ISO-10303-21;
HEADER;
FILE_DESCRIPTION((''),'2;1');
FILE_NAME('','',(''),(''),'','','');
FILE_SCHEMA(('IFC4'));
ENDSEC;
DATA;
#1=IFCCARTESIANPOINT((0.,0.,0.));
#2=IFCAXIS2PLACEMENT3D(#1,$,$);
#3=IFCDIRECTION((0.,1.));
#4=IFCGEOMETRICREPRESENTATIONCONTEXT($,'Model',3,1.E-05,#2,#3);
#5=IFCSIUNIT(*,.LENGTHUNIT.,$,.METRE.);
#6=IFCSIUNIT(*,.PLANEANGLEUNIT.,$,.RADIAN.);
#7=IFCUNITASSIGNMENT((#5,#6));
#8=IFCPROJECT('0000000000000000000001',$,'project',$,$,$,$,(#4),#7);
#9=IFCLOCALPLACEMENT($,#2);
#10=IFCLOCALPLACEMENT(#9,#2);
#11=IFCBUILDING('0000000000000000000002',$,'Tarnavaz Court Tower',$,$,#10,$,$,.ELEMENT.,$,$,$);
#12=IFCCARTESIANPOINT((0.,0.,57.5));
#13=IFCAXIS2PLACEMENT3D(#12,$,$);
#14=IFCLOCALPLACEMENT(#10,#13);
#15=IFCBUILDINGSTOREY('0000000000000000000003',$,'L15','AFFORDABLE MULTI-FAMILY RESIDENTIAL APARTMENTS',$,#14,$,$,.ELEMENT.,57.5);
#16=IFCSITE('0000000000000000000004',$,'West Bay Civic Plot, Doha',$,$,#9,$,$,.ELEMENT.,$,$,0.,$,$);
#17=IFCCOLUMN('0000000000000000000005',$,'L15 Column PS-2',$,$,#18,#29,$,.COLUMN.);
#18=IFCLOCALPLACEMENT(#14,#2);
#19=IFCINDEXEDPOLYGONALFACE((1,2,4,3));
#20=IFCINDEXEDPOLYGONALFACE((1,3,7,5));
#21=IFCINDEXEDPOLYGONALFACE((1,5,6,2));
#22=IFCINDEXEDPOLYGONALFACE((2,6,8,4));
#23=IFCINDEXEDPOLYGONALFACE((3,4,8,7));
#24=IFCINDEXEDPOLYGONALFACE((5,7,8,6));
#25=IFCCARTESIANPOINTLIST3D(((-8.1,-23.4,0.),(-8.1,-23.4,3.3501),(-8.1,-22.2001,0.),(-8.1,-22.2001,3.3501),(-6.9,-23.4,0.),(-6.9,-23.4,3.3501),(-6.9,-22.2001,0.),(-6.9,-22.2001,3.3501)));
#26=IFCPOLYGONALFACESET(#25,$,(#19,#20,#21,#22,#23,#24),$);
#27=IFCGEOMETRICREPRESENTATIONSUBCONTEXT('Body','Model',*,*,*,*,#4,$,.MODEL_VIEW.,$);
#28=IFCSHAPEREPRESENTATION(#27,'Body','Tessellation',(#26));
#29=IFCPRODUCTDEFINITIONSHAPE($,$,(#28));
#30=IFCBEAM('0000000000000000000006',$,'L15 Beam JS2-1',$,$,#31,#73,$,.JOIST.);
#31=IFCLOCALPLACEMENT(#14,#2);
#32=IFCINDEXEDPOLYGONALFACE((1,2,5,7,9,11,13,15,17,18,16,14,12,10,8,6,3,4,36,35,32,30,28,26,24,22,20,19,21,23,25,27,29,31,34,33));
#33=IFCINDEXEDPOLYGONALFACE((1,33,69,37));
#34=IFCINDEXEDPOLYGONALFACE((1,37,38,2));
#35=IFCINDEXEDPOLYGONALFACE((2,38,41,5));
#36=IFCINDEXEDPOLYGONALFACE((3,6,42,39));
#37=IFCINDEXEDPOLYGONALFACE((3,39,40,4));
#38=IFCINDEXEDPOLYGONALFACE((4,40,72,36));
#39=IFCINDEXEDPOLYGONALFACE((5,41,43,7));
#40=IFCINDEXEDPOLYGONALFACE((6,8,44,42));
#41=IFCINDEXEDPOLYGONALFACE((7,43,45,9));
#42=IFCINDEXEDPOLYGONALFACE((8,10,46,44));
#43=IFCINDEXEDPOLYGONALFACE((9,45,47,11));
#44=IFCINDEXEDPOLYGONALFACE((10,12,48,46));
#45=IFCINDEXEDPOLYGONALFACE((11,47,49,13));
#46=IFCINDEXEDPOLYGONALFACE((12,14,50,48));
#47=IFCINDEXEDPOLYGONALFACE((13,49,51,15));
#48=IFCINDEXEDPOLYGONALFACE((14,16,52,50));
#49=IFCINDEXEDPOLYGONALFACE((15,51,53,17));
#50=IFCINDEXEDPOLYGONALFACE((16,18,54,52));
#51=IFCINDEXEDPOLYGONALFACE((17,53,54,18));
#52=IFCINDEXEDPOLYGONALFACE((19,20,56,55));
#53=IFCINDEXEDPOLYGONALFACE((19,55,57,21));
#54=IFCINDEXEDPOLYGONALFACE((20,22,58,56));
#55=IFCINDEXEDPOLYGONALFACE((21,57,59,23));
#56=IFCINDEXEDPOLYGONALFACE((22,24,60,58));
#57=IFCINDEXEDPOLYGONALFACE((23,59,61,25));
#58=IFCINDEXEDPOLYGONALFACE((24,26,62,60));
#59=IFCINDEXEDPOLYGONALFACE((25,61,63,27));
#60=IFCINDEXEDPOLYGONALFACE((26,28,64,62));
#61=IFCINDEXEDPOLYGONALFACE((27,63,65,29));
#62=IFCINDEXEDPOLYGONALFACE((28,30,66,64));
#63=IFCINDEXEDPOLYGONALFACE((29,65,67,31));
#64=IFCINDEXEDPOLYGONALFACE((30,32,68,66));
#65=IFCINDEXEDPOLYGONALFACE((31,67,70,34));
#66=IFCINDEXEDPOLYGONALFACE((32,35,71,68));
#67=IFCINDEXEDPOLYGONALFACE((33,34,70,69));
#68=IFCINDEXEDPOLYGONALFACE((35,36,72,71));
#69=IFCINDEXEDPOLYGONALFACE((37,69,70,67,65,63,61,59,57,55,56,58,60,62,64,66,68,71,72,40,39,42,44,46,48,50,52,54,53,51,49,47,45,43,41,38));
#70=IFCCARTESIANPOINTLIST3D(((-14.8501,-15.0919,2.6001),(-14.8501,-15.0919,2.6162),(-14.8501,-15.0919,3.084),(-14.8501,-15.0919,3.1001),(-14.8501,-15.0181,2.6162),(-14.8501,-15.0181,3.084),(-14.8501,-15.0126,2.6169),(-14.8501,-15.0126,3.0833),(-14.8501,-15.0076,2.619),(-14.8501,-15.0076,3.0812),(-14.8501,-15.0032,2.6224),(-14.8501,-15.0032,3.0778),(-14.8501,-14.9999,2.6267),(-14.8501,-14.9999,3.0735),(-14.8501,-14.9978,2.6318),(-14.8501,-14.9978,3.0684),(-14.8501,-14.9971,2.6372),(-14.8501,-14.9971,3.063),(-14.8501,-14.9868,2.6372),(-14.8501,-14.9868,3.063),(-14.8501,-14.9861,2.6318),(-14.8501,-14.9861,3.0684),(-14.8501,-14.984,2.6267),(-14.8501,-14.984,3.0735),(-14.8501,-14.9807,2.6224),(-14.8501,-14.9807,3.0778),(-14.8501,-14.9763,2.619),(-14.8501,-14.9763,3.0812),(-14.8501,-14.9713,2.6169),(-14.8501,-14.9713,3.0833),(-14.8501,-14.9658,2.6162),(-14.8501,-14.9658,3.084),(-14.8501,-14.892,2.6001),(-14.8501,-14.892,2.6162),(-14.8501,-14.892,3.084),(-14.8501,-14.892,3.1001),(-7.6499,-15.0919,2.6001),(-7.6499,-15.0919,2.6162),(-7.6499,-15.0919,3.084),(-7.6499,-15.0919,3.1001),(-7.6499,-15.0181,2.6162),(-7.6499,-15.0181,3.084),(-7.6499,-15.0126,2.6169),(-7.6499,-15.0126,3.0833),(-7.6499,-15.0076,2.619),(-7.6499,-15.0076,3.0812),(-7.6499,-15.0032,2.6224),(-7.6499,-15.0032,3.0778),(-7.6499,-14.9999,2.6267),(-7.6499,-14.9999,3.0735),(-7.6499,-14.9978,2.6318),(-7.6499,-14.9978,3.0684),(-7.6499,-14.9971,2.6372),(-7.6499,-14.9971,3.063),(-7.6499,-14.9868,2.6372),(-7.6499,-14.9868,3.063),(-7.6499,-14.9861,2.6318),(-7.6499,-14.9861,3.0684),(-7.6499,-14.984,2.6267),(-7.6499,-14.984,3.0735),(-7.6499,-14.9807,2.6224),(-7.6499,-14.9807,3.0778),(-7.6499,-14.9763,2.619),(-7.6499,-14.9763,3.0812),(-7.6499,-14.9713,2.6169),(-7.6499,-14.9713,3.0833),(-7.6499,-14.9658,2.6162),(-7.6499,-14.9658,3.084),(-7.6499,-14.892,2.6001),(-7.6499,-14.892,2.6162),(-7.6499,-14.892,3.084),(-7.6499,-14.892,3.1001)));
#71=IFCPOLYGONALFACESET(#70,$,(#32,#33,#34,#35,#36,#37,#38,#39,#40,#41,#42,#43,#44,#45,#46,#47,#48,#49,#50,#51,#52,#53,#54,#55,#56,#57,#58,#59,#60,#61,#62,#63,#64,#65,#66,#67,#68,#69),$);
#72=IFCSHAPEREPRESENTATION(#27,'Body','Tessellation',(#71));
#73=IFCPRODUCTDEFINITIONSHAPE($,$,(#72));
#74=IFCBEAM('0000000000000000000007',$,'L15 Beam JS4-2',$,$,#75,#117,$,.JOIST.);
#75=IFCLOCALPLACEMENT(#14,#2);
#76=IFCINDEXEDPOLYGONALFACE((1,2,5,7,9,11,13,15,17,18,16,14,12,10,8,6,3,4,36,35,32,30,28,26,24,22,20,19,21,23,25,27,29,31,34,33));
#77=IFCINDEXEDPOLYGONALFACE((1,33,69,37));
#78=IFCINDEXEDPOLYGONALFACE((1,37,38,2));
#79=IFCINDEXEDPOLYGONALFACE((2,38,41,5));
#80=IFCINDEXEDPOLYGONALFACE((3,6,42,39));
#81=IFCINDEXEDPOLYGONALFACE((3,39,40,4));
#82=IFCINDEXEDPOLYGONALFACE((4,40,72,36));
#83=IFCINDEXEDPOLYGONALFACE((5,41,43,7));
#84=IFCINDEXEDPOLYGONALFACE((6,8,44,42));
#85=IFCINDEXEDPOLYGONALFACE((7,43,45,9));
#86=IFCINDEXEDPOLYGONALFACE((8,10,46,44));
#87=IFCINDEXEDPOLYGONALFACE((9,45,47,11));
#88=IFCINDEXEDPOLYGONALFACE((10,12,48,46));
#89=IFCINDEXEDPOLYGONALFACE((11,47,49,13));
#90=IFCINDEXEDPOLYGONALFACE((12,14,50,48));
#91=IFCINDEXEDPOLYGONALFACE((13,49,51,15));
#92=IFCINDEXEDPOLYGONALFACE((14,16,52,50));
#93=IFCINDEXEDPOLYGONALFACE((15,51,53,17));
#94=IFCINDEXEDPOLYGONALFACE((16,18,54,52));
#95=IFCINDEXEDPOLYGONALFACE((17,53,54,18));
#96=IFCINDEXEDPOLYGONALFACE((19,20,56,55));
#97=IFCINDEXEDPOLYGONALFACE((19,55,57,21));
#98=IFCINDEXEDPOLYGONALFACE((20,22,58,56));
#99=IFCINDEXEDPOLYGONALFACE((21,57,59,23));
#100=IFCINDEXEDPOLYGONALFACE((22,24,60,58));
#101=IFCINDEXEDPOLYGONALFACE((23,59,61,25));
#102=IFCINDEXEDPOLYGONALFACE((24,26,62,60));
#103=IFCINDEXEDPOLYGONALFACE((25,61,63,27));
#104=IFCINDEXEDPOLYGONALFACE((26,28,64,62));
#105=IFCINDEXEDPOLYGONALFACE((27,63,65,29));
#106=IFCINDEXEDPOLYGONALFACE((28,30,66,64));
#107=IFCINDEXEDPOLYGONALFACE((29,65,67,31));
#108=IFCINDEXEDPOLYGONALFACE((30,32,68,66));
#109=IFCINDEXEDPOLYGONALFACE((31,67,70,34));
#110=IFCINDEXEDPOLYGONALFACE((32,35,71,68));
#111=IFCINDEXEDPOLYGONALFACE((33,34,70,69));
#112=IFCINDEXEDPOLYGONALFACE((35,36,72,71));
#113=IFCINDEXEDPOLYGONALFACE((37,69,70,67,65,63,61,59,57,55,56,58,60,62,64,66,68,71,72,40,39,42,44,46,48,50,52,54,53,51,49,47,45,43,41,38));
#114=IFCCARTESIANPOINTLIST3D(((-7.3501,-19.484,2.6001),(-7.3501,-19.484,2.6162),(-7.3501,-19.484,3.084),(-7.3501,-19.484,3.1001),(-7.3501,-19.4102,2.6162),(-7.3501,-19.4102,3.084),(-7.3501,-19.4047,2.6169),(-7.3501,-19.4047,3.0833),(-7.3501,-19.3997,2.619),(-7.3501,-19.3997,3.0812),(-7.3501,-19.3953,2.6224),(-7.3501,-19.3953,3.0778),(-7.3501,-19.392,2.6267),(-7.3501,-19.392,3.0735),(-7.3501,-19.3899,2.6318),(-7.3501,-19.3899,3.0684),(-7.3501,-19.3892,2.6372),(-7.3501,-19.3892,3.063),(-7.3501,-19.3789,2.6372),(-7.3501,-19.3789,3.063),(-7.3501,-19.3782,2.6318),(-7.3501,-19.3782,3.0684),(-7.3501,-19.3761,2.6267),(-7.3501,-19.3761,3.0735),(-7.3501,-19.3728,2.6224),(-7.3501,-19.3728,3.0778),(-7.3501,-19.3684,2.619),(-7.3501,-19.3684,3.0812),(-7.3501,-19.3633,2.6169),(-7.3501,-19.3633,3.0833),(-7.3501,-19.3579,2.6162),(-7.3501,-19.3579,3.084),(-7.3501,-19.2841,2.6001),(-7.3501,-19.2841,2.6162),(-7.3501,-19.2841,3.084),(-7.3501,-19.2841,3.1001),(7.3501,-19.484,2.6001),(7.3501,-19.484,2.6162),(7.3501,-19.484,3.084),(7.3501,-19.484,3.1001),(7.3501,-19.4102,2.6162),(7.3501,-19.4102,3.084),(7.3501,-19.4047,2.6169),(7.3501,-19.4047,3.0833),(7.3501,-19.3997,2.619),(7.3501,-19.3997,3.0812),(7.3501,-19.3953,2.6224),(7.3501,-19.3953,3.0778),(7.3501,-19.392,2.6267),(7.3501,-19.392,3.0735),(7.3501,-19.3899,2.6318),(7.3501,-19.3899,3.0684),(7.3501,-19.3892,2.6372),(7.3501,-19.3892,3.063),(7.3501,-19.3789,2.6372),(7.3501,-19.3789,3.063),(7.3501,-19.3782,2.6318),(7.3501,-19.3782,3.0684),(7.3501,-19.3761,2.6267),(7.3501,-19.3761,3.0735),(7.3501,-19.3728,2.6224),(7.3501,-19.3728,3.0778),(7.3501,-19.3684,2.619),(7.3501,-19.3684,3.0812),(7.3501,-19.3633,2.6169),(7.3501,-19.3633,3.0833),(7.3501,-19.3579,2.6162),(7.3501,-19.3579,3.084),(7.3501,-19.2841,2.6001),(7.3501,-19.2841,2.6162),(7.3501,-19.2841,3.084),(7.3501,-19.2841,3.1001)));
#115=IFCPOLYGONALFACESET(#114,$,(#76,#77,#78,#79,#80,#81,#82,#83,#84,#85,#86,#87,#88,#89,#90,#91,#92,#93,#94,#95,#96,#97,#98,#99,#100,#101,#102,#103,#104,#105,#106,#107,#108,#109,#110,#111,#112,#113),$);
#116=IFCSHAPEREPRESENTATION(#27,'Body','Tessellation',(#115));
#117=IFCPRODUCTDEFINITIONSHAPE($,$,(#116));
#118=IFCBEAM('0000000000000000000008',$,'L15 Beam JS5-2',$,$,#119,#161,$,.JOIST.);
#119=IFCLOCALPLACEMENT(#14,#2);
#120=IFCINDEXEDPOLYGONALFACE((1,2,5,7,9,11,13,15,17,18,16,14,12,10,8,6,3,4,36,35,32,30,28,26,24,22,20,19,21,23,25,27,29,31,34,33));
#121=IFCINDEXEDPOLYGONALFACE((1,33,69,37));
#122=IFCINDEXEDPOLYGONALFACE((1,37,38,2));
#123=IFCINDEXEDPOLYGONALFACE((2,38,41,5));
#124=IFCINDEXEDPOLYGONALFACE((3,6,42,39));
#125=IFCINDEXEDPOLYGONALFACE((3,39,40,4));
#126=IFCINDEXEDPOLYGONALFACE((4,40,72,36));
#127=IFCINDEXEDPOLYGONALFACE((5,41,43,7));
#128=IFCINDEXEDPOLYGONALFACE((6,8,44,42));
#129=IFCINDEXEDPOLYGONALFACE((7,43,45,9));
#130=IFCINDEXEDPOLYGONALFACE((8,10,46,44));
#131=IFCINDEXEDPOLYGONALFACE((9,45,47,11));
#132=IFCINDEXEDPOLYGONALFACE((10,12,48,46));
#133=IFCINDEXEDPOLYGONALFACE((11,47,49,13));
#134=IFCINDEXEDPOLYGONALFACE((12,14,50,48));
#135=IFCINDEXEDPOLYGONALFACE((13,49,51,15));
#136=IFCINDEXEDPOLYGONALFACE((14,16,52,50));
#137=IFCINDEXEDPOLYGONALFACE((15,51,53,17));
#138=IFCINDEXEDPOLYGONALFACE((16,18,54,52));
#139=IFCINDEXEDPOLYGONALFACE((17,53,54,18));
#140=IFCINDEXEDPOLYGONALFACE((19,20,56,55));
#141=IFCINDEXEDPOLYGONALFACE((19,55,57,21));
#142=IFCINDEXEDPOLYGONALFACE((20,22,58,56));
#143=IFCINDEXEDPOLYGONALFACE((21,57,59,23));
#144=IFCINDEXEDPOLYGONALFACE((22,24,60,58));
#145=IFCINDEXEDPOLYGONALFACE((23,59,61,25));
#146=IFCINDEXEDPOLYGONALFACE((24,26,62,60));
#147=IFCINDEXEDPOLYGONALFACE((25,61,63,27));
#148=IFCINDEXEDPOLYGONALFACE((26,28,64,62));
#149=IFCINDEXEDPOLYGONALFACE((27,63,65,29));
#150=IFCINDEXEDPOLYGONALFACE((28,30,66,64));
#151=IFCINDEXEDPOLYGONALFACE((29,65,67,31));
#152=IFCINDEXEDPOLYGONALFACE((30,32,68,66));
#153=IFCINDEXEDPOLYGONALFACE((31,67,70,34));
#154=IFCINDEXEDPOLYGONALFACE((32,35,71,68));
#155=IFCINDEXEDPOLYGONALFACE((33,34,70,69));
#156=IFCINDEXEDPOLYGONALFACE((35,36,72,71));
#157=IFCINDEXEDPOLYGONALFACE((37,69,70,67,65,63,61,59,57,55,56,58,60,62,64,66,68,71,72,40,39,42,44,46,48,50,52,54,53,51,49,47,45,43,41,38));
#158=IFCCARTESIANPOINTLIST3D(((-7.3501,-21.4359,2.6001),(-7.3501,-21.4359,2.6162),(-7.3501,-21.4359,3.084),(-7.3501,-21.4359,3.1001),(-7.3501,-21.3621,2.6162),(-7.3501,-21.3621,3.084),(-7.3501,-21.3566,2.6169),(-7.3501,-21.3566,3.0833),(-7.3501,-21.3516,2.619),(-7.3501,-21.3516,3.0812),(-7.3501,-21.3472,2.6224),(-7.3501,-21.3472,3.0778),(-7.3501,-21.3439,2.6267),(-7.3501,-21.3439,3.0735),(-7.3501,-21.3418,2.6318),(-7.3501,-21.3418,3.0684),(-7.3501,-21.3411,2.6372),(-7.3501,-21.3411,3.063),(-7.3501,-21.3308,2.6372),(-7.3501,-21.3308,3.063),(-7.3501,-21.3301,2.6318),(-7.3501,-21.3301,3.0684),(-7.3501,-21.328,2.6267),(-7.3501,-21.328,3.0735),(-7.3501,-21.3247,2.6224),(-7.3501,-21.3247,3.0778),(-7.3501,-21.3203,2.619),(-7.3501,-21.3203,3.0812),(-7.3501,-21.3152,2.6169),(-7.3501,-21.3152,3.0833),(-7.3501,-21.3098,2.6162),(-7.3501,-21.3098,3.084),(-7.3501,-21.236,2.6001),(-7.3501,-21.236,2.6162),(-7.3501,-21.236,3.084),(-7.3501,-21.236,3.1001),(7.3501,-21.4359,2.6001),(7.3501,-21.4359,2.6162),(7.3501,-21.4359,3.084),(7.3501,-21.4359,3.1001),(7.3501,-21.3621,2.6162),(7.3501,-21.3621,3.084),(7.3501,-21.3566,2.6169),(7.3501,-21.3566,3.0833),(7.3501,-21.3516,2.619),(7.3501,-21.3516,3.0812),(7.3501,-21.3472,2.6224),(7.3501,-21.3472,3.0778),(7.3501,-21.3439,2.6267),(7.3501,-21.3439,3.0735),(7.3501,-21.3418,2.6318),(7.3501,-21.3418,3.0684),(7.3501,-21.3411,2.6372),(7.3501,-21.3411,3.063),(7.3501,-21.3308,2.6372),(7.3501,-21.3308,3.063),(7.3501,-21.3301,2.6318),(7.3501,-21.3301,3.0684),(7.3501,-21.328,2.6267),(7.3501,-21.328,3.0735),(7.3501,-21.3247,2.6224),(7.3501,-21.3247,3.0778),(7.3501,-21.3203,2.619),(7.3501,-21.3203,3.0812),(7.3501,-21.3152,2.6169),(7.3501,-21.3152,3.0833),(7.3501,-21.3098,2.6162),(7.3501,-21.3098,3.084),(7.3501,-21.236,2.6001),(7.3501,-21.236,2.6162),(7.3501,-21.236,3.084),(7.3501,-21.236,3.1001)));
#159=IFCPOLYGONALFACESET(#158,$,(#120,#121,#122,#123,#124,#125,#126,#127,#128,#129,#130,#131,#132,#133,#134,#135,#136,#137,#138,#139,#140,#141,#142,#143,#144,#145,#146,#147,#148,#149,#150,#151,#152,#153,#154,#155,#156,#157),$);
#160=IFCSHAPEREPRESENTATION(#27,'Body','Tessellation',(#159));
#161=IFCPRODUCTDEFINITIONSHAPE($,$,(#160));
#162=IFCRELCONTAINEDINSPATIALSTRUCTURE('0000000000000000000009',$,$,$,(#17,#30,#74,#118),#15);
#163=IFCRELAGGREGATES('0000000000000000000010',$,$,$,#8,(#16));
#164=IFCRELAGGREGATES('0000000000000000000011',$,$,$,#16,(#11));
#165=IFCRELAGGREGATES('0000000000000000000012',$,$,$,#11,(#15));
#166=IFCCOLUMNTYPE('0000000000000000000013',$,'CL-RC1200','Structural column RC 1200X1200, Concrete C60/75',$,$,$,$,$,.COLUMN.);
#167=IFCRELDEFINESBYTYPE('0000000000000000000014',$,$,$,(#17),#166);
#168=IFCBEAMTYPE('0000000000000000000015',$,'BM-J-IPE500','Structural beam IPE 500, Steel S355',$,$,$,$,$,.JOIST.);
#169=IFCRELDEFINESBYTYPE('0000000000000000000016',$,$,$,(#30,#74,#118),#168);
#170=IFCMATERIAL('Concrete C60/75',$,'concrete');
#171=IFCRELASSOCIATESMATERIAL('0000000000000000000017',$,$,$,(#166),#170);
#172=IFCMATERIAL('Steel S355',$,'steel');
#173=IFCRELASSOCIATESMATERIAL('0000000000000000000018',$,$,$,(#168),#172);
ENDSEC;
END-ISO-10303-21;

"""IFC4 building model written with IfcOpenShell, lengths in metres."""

from ifc_helpers import new_model, si_unit, direction, frame, origin, origin_2d, place, context, subcontext, project, spatial, rectangle, i_section, extrude, material, material_profile, profile_set, type_object, element, save


model = new_model("IFC4")

# Units and contexts
model_context = context("Model", 3, precision=1e-05, world=origin(), true_north=direction((0.0, 1.0)))
body_context = subcontext(model_context, "Body", "Model", "MODEL_VIEW")
ifc_project = project(units=[si_unit("LENGTHUNIT", "METRE"), si_unit("PLANEANGLEUNIT", "RADIAN")], contexts=[model_context])

# Site, building, storey
site_placement = place(None, origin())
site = spatial("IfcSite", under=ifc_project, at=site_placement, Name="West Bay Civic Plot, Doha", CompositionType="ELEMENT", RefElevation=0.0)
building_placement = place(site_placement, origin())
building = spatial("IfcBuilding", under=site, at=building_placement, Name="Tarnavaz Court Tower", CompositionType="ELEMENT")
storey_placement = place(building_placement, frame((0.0, 0.0, 57.5)))
storey = spatial("IfcBuildingStorey", under=building, at=storey_placement, Name="L15", Description="AFFORDABLE MULTI-FAMILY RESIDENTIAL APARTMENTS", CompositionType="ELEMENT", Elevation=57.5)

# Column
ifc_material_1 = material(Name="Concrete C60/75", Category="concrete")
ifc_material_profile_1 = material_profile(ifc_material_1, rectangle(XDim=1.2, YDim=1.2, at=origin_2d()), Name="RC 1200X1200")
ifc_profile_set_1 = profile_set([ifc_material_profile_1], Name="Concrete C60/75")
column_type = type_object("IfcColumnType", Name="CL-RC1200", Description="Structural column RC 1200X1200, Concrete C60/75", PredefinedType="COLUMN", material=ifc_profile_set_1)
column_placement = place(storey_placement, frame((-7.5, -22.8, 0.0), z_axis=(0.0, 0.0, 1.0), x_axis=(1.0, 0.0, 0.0)))
element("IfcColumn", 1, at=column_placement, inside=storey, type_object=column_type, Name="L15 Column PS-2", PredefinedType="COLUMN", context=body_context, shape_type="SweptSolid", body=[
    extrude(rectangle(XDim=1.2, YDim=1.2, at=origin_2d()), origin(), (0.0, 0.0, 1.0), 3.3501),
])

# Beams
ifc_material_2 = material(Name="Steel S355", Category="steel")
ifc_material_profile_2 = material_profile(ifc_material_2, i_section(OverallWidth=0.2, OverallDepth=0.5, WebThickness=0.0103, FlangeThickness=0.0161, FilletRadius=0.021, at=origin_2d()), Name="IPE 500")
ifc_profile_set_2 = profile_set([ifc_material_profile_2], Name="Steel S355")
beam_type_1 = type_object("IfcBeamType", Name="BM-J-IPE500", Description="Structural beam IPE 500, Steel S355", PredefinedType="JOIST", material=ifc_profile_set_2)
beam_1_placement = place(storey_placement, frame((-14.8501, -14.9919, 2.8501), z_axis=(1.0, 0.0, 0.0), x_axis=(0.0, 1.0, 0.0)))
element("IfcBeam", 2, at=beam_1_placement, inside=storey, type_object=beam_type_1, Name="L15 Beam JS2-1", PredefinedType="JOIST", context=body_context, shape_type="SweptSolid", body=[
    extrude(i_section(OverallWidth=0.2, OverallDepth=0.5, WebThickness=0.0103, FlangeThickness=0.0161, FilletRadius=0.021, at=origin_2d()), origin(), (0.0, 0.0, 1.0), 7.2002),
])
for number, where, z_axis, x_axis, name in (
    (3, (-7.3501, -19.384, 2.8501), (1.0, 0.0, 0.0), (0.0, 1.0, 0.0), "L15 Beam JS4-2"),
    (4, (-7.3501, -21.3359, 2.8501), (1.0, 0.0, 0.0), (0.0, 1.0, 0.0), "L15 Beam JS5-2"),
):
    element("IfcBeam", number, at=place(storey_placement, frame(where, z_axis=z_axis, x_axis=x_axis)), inside=storey, type_object=beam_type_1, Name=name, PredefinedType="JOIST", context=body_context, shape_type="SweptSolid", body=[
        extrude(i_section(OverallWidth=0.2, OverallDepth=0.5, WebThickness=0.0103, FlangeThickness=0.0161, FilletRadius=0.021, at=origin_2d()), origin(), (0.0, 0.0, 1.0), 14.7002),
    ])

save(model, "model.ifc")
